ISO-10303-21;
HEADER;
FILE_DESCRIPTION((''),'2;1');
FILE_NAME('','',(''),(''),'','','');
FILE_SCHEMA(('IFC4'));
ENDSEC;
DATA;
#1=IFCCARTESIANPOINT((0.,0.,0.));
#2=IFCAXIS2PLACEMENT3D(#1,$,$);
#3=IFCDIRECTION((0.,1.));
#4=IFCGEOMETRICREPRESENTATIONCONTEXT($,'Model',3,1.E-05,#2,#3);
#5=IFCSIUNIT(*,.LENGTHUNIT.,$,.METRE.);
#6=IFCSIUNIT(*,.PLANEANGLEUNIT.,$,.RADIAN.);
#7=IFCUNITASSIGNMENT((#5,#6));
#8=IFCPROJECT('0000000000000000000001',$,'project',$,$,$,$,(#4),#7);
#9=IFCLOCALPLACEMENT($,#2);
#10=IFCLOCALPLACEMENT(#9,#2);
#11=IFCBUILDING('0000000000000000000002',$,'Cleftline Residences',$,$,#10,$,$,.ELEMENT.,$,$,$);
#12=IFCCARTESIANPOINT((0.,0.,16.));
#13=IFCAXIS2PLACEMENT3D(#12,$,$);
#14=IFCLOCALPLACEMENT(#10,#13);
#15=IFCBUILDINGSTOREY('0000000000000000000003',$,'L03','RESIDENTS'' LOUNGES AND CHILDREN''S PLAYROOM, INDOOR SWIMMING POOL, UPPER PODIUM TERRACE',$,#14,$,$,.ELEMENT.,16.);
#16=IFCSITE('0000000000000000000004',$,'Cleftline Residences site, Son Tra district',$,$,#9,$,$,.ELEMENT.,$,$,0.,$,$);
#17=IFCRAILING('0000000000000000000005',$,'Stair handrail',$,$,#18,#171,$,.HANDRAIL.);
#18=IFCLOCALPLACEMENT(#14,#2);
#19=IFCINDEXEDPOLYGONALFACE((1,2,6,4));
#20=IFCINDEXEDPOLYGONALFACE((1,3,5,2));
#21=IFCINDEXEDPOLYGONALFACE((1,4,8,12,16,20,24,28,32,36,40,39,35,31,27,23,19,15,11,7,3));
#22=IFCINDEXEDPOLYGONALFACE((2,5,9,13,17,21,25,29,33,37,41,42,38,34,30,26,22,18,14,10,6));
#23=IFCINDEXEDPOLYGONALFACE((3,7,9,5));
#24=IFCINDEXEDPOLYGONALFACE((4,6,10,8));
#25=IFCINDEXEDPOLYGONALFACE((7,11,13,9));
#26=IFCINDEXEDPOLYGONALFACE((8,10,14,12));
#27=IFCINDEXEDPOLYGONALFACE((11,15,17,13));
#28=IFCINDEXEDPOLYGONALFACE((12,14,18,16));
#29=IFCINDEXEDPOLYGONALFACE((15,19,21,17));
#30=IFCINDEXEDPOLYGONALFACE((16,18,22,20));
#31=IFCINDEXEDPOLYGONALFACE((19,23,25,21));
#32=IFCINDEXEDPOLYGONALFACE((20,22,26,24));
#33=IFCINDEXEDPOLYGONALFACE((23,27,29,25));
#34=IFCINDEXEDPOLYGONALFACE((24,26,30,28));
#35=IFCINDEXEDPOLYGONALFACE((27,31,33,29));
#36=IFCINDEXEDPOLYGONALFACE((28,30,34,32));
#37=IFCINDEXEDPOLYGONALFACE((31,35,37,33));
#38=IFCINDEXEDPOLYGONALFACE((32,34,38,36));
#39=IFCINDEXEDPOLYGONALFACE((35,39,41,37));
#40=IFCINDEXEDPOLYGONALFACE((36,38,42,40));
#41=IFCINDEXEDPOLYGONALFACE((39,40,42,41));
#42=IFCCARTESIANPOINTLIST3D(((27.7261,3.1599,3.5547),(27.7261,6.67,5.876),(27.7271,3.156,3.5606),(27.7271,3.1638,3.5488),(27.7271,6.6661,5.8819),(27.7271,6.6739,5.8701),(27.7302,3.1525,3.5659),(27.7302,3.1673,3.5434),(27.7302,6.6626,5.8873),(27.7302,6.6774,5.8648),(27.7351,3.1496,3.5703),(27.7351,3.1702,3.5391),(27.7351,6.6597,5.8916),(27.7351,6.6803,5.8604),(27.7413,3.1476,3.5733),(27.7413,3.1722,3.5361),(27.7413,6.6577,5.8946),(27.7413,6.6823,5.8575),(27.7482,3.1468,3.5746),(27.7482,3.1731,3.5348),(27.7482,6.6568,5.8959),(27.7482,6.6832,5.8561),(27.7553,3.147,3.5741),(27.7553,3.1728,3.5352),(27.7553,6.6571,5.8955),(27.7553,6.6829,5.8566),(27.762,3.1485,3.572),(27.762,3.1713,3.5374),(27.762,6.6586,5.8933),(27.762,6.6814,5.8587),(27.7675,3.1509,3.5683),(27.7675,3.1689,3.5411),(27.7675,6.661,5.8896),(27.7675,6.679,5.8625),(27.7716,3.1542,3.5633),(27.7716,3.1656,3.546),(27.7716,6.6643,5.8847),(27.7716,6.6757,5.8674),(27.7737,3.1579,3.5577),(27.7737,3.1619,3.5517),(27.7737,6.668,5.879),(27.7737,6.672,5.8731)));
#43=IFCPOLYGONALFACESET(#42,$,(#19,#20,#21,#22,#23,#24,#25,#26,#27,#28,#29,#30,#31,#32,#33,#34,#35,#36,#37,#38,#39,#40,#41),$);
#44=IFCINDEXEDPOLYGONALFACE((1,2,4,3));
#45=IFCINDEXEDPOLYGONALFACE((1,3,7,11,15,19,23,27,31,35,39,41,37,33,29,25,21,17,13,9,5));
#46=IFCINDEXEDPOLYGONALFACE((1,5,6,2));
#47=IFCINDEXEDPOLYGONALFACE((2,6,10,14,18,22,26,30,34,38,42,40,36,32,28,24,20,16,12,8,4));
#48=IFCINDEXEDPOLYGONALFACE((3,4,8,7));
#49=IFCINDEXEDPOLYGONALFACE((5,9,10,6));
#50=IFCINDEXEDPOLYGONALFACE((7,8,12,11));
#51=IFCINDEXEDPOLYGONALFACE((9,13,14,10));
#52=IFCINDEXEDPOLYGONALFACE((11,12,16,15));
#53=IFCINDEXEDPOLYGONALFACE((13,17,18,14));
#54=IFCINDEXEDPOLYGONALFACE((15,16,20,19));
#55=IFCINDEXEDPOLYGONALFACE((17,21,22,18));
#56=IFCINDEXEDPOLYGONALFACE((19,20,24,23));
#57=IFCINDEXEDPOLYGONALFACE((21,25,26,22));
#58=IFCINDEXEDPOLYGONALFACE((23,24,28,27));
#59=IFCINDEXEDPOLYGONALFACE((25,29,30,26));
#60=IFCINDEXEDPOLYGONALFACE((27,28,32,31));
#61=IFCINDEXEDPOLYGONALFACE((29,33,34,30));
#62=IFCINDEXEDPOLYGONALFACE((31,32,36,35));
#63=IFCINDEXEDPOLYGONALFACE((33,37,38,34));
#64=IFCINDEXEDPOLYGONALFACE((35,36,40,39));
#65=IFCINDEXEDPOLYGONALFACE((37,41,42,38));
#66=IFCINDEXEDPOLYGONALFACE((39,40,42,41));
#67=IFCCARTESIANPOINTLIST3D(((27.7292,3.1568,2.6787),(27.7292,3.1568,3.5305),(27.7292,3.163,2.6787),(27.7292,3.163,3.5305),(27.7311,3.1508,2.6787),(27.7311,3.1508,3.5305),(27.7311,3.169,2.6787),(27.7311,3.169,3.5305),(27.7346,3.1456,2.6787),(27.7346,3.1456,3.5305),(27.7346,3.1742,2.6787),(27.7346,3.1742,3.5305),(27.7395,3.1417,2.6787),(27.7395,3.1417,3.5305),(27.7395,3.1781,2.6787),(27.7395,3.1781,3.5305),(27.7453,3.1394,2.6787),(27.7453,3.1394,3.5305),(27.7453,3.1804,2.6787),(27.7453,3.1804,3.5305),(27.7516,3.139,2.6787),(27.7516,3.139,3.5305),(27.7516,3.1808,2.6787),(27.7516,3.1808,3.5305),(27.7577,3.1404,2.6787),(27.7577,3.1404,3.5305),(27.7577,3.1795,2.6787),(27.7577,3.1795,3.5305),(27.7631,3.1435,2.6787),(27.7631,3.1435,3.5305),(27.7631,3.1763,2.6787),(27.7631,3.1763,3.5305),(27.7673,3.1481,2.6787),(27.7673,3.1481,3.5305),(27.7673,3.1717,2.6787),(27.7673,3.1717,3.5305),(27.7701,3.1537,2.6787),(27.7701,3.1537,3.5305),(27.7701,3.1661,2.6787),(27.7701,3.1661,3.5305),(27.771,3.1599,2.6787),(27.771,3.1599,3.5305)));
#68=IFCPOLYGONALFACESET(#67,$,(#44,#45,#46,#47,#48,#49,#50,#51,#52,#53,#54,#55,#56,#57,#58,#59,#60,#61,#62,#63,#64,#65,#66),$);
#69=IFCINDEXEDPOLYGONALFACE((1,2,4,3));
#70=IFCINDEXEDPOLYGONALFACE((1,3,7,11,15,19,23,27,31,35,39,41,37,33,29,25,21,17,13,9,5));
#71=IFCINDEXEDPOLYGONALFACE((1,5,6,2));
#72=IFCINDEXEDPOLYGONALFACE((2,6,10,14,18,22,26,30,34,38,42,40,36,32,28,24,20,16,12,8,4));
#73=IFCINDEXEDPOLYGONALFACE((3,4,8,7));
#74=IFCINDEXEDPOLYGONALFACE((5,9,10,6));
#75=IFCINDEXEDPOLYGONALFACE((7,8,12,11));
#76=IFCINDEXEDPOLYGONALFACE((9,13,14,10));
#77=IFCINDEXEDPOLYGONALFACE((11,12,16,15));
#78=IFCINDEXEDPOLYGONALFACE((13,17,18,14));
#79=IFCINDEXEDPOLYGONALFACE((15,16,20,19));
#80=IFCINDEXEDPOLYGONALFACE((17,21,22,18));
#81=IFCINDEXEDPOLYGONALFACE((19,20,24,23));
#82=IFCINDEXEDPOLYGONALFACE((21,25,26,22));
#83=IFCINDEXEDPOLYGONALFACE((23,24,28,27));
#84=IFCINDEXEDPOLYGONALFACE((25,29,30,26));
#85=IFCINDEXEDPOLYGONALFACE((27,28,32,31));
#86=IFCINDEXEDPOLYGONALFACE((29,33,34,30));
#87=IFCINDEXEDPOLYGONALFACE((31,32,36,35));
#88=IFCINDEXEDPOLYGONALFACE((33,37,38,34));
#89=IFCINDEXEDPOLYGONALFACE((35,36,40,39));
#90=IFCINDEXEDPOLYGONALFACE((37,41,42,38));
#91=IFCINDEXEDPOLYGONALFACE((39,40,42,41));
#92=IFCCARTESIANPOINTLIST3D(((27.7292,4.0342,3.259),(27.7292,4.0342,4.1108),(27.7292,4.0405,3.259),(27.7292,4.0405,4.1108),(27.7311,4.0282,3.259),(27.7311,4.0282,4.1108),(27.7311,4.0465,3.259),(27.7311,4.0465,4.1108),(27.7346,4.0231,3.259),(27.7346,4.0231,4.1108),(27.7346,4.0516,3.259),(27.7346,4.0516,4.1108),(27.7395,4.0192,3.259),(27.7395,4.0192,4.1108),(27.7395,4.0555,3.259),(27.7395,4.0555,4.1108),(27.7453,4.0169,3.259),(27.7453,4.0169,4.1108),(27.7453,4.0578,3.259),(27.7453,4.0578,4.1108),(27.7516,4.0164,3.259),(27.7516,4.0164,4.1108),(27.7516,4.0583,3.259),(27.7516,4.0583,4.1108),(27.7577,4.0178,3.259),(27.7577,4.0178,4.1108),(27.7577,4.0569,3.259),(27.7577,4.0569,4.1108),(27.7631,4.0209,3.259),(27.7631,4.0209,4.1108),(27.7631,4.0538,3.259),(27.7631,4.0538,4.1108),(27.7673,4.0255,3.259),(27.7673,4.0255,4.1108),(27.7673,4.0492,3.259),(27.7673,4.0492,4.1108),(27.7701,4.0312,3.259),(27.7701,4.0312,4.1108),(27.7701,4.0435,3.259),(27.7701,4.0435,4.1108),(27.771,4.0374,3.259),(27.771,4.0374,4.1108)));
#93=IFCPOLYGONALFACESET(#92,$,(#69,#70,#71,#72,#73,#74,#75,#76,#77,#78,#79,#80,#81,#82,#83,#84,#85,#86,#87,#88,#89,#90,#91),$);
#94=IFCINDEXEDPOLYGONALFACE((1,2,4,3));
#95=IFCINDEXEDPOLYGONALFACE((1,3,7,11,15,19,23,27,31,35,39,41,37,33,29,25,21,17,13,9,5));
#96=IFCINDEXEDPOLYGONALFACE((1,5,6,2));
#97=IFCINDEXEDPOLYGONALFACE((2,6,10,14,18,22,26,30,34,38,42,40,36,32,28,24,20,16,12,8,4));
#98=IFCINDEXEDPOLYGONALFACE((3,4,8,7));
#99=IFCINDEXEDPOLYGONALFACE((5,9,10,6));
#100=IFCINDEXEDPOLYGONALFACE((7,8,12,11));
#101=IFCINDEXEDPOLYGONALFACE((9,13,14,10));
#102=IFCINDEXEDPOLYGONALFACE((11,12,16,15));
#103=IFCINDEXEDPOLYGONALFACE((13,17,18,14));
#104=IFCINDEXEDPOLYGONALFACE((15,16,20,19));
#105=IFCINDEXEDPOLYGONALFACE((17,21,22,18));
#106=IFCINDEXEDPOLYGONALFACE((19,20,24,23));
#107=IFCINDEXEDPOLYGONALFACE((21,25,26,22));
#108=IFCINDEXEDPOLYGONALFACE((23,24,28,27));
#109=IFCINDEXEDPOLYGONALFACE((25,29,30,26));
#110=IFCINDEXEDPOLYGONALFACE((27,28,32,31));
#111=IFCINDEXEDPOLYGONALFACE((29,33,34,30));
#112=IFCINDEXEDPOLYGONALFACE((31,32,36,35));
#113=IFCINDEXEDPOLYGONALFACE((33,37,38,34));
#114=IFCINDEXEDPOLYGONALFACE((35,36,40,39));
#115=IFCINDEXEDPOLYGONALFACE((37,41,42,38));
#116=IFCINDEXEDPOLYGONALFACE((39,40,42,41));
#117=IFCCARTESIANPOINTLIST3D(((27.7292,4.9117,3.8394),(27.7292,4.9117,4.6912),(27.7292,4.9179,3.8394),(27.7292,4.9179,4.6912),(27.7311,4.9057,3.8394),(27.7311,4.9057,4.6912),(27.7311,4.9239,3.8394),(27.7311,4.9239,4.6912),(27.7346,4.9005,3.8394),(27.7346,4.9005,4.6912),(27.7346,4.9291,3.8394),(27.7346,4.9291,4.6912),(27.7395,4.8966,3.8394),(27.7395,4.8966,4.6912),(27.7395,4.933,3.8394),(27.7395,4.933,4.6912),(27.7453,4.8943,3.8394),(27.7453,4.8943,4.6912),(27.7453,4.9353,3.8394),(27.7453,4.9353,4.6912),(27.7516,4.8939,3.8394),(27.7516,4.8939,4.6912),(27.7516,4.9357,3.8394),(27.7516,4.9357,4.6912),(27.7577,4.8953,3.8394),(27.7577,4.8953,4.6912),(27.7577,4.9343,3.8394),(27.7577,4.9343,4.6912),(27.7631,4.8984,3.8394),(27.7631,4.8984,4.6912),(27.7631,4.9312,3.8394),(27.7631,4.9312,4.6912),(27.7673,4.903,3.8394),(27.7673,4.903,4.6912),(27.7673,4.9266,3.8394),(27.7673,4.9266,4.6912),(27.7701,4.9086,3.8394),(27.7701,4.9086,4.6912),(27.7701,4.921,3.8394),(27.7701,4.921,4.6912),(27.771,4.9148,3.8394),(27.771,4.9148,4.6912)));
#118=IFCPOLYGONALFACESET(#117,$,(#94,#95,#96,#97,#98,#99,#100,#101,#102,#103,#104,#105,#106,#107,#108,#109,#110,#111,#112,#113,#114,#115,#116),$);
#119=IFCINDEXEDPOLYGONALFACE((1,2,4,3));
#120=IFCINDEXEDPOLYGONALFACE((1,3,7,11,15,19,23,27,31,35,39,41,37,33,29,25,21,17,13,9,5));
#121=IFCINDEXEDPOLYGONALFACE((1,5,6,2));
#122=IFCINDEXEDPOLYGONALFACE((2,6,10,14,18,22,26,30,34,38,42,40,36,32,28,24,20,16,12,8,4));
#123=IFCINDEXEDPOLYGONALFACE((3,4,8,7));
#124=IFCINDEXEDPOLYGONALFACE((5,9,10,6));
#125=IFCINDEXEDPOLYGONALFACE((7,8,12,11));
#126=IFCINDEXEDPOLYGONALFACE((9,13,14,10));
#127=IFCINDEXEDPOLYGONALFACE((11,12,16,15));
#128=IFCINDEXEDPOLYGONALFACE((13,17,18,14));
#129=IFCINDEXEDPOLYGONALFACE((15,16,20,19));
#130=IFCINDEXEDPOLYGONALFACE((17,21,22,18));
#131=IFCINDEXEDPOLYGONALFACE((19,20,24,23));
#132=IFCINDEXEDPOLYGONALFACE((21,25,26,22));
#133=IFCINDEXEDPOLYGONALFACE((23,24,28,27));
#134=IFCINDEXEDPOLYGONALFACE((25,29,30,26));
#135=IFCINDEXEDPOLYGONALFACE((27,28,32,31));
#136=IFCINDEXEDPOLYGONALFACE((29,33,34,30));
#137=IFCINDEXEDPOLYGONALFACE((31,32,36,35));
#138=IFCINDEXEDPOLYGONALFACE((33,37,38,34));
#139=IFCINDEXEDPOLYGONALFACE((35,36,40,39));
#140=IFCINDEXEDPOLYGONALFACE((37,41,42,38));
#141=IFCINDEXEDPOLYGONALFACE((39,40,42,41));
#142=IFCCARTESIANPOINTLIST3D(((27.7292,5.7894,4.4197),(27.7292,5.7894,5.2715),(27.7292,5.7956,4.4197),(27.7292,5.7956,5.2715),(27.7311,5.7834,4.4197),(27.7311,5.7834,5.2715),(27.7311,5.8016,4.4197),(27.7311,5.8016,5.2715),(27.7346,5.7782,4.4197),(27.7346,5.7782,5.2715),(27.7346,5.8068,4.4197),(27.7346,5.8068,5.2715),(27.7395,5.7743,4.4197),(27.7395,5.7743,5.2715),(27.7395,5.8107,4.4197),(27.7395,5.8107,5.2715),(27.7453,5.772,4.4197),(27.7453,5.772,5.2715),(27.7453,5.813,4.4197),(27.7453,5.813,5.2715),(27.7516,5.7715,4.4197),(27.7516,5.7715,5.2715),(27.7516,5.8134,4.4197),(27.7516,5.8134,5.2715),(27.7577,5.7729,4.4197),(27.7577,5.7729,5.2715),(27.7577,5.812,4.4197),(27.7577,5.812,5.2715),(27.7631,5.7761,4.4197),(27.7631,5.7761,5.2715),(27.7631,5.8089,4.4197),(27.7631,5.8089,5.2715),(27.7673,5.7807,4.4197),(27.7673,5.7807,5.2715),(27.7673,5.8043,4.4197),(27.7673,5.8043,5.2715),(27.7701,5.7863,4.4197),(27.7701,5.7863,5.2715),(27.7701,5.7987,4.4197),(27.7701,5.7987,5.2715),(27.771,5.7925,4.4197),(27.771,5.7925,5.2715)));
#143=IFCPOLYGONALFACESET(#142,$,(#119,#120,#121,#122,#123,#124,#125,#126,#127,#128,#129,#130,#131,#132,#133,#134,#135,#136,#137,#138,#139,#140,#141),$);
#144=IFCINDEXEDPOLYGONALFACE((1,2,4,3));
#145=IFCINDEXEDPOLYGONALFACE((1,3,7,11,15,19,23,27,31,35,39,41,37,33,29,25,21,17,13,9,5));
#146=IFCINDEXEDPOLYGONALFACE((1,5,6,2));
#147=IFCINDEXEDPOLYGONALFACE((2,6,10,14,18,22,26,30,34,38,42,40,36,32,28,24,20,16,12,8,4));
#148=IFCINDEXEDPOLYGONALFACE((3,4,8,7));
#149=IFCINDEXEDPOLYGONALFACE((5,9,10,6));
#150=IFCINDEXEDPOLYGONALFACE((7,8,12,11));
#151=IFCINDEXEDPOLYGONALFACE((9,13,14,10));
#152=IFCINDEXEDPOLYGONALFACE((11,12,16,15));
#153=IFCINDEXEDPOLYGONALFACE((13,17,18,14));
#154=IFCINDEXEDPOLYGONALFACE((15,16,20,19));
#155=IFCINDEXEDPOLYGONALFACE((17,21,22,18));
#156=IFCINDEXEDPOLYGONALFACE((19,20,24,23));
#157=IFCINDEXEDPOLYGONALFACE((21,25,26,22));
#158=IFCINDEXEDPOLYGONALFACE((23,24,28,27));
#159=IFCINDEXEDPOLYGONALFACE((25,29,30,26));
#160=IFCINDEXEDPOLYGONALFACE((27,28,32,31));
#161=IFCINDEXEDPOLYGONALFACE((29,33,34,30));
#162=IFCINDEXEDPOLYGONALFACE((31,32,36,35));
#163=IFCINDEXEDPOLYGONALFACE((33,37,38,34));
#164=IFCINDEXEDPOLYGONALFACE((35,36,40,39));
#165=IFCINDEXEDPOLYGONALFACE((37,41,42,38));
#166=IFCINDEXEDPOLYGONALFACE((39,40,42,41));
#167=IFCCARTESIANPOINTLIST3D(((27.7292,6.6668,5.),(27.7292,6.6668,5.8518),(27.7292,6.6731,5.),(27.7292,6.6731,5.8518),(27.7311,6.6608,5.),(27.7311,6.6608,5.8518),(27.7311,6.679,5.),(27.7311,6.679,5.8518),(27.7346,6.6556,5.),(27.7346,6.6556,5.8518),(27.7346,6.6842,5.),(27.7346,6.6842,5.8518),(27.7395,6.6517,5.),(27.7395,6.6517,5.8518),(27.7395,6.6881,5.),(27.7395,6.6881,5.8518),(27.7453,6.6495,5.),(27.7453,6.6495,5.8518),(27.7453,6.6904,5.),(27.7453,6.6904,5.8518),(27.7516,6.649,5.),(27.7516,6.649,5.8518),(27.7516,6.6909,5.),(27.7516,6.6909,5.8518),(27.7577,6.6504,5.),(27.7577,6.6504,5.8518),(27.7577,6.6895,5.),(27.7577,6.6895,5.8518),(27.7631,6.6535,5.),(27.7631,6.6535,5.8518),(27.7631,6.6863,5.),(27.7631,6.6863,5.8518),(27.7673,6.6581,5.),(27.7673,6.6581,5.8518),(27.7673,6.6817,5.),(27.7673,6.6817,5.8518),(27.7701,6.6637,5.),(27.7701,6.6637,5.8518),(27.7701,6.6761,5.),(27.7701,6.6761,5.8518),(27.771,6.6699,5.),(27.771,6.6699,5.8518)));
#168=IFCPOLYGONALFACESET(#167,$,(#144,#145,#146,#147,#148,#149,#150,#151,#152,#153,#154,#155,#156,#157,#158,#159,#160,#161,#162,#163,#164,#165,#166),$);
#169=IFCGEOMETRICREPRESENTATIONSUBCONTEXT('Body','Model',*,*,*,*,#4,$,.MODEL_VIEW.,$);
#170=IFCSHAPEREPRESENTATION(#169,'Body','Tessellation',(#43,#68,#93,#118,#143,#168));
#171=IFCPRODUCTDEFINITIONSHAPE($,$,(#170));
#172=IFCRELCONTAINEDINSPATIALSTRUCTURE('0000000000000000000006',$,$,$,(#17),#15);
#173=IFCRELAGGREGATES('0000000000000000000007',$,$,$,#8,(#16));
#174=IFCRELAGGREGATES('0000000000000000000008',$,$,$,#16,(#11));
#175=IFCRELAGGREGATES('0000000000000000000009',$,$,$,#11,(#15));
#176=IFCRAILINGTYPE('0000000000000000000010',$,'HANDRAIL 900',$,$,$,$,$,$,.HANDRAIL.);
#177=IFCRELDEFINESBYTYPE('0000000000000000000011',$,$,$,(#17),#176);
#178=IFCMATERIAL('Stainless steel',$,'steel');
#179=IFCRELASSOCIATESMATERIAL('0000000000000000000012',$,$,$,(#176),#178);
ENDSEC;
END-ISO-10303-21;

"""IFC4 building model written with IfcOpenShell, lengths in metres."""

from ifc_helpers import new_model, si_unit, direction, frame, origin, origin_2d, place, context, subcontext, project, spatial, circle, extrude, material, type_object, element, save


model = new_model("IFC4")

# Units and contexts
model_context = context("Model", 3, precision=1e-05, world=origin(), true_north=direction((0.0, 1.0)))
body_context = subcontext(model_context, "Body", "Model", "MODEL_VIEW")
ifc_project = project(units=[si_unit("LENGTHUNIT", "METRE"), si_unit("PLANEANGLEUNIT", "RADIAN")], contexts=[model_context])

# Site, building, storey
site_placement = place(None, origin())
site = spatial("IfcSite", under=ifc_project, at=site_placement, Name="Cleftline Residences site, Son Tra district", CompositionType="ELEMENT", RefElevation=0.0)
building_placement = place(site_placement, origin())
building = spatial("IfcBuilding", under=site, at=building_placement, Name="Cleftline Residences", CompositionType="ELEMENT")
storey_placement = place(building_placement, frame((0.0, 0.0, 16.0)))
storey = spatial("IfcBuildingStorey", under=building, at=storey_placement, Name="L03", Description="RESIDENTS' LOUNGES AND CHILDREN'S PLAYROOM, INDOOR SWIMMING POOL, UPPER PODIUM TERRACE", CompositionType="ELEMENT", Elevation=16.0)

# Railing
ifc_material_1 = material(Name="Stainless steel", Category="steel")
railing_type = type_object("IfcRailingType", Name="HANDRAIL 900", PredefinedType="HANDRAIL", material=ifc_material_1)
railing_1_placement = place(storey_placement, frame((27.75, 3.1599, 2.6787)))
element("IfcRailing", 1, at=railing_1_placement, inside=storey, type_object=railing_type, Name="Stair handrail", PredefinedType="HANDRAIL", context=body_context, shape_type="SweptSolid", body=[
    extrude(circle(Radius=0.0239, at=origin_2d()), frame((0.0, 0.0, 0.876), z_axis=(0.0, 0.834097, 0.551617), x_axis=(-1.0, 0.0, 0.0)), (0.0, 0.0, 1.0), 4.2083),
    extrude(circle(Radius=0.021, at=origin_2d()), origin(), (0.0, 0.0, 1.0), 0.8518),
    extrude(circle(Radius=0.021, at=origin_2d()), frame((0.0, 0.8774, 0.5803)), (0.0, 0.0, 1.0), 0.8518),
    extrude(circle(Radius=0.021, at=origin_2d()), frame((0.0, 1.7549, 1.1606)), (0.0, 0.0, 1.0), 0.8518),
    extrude(circle(Radius=0.021, at=origin_2d()), frame((0.0, 2.6326, 1.741)), (0.0, 0.0, 1.0), 0.8518),
    extrude(circle(Radius=0.021, at=origin_2d()), frame((0.0, 3.51, 2.3213)), (0.0, 0.0, 1.0), 0.8518),
])

save(model, "model.ifc")
